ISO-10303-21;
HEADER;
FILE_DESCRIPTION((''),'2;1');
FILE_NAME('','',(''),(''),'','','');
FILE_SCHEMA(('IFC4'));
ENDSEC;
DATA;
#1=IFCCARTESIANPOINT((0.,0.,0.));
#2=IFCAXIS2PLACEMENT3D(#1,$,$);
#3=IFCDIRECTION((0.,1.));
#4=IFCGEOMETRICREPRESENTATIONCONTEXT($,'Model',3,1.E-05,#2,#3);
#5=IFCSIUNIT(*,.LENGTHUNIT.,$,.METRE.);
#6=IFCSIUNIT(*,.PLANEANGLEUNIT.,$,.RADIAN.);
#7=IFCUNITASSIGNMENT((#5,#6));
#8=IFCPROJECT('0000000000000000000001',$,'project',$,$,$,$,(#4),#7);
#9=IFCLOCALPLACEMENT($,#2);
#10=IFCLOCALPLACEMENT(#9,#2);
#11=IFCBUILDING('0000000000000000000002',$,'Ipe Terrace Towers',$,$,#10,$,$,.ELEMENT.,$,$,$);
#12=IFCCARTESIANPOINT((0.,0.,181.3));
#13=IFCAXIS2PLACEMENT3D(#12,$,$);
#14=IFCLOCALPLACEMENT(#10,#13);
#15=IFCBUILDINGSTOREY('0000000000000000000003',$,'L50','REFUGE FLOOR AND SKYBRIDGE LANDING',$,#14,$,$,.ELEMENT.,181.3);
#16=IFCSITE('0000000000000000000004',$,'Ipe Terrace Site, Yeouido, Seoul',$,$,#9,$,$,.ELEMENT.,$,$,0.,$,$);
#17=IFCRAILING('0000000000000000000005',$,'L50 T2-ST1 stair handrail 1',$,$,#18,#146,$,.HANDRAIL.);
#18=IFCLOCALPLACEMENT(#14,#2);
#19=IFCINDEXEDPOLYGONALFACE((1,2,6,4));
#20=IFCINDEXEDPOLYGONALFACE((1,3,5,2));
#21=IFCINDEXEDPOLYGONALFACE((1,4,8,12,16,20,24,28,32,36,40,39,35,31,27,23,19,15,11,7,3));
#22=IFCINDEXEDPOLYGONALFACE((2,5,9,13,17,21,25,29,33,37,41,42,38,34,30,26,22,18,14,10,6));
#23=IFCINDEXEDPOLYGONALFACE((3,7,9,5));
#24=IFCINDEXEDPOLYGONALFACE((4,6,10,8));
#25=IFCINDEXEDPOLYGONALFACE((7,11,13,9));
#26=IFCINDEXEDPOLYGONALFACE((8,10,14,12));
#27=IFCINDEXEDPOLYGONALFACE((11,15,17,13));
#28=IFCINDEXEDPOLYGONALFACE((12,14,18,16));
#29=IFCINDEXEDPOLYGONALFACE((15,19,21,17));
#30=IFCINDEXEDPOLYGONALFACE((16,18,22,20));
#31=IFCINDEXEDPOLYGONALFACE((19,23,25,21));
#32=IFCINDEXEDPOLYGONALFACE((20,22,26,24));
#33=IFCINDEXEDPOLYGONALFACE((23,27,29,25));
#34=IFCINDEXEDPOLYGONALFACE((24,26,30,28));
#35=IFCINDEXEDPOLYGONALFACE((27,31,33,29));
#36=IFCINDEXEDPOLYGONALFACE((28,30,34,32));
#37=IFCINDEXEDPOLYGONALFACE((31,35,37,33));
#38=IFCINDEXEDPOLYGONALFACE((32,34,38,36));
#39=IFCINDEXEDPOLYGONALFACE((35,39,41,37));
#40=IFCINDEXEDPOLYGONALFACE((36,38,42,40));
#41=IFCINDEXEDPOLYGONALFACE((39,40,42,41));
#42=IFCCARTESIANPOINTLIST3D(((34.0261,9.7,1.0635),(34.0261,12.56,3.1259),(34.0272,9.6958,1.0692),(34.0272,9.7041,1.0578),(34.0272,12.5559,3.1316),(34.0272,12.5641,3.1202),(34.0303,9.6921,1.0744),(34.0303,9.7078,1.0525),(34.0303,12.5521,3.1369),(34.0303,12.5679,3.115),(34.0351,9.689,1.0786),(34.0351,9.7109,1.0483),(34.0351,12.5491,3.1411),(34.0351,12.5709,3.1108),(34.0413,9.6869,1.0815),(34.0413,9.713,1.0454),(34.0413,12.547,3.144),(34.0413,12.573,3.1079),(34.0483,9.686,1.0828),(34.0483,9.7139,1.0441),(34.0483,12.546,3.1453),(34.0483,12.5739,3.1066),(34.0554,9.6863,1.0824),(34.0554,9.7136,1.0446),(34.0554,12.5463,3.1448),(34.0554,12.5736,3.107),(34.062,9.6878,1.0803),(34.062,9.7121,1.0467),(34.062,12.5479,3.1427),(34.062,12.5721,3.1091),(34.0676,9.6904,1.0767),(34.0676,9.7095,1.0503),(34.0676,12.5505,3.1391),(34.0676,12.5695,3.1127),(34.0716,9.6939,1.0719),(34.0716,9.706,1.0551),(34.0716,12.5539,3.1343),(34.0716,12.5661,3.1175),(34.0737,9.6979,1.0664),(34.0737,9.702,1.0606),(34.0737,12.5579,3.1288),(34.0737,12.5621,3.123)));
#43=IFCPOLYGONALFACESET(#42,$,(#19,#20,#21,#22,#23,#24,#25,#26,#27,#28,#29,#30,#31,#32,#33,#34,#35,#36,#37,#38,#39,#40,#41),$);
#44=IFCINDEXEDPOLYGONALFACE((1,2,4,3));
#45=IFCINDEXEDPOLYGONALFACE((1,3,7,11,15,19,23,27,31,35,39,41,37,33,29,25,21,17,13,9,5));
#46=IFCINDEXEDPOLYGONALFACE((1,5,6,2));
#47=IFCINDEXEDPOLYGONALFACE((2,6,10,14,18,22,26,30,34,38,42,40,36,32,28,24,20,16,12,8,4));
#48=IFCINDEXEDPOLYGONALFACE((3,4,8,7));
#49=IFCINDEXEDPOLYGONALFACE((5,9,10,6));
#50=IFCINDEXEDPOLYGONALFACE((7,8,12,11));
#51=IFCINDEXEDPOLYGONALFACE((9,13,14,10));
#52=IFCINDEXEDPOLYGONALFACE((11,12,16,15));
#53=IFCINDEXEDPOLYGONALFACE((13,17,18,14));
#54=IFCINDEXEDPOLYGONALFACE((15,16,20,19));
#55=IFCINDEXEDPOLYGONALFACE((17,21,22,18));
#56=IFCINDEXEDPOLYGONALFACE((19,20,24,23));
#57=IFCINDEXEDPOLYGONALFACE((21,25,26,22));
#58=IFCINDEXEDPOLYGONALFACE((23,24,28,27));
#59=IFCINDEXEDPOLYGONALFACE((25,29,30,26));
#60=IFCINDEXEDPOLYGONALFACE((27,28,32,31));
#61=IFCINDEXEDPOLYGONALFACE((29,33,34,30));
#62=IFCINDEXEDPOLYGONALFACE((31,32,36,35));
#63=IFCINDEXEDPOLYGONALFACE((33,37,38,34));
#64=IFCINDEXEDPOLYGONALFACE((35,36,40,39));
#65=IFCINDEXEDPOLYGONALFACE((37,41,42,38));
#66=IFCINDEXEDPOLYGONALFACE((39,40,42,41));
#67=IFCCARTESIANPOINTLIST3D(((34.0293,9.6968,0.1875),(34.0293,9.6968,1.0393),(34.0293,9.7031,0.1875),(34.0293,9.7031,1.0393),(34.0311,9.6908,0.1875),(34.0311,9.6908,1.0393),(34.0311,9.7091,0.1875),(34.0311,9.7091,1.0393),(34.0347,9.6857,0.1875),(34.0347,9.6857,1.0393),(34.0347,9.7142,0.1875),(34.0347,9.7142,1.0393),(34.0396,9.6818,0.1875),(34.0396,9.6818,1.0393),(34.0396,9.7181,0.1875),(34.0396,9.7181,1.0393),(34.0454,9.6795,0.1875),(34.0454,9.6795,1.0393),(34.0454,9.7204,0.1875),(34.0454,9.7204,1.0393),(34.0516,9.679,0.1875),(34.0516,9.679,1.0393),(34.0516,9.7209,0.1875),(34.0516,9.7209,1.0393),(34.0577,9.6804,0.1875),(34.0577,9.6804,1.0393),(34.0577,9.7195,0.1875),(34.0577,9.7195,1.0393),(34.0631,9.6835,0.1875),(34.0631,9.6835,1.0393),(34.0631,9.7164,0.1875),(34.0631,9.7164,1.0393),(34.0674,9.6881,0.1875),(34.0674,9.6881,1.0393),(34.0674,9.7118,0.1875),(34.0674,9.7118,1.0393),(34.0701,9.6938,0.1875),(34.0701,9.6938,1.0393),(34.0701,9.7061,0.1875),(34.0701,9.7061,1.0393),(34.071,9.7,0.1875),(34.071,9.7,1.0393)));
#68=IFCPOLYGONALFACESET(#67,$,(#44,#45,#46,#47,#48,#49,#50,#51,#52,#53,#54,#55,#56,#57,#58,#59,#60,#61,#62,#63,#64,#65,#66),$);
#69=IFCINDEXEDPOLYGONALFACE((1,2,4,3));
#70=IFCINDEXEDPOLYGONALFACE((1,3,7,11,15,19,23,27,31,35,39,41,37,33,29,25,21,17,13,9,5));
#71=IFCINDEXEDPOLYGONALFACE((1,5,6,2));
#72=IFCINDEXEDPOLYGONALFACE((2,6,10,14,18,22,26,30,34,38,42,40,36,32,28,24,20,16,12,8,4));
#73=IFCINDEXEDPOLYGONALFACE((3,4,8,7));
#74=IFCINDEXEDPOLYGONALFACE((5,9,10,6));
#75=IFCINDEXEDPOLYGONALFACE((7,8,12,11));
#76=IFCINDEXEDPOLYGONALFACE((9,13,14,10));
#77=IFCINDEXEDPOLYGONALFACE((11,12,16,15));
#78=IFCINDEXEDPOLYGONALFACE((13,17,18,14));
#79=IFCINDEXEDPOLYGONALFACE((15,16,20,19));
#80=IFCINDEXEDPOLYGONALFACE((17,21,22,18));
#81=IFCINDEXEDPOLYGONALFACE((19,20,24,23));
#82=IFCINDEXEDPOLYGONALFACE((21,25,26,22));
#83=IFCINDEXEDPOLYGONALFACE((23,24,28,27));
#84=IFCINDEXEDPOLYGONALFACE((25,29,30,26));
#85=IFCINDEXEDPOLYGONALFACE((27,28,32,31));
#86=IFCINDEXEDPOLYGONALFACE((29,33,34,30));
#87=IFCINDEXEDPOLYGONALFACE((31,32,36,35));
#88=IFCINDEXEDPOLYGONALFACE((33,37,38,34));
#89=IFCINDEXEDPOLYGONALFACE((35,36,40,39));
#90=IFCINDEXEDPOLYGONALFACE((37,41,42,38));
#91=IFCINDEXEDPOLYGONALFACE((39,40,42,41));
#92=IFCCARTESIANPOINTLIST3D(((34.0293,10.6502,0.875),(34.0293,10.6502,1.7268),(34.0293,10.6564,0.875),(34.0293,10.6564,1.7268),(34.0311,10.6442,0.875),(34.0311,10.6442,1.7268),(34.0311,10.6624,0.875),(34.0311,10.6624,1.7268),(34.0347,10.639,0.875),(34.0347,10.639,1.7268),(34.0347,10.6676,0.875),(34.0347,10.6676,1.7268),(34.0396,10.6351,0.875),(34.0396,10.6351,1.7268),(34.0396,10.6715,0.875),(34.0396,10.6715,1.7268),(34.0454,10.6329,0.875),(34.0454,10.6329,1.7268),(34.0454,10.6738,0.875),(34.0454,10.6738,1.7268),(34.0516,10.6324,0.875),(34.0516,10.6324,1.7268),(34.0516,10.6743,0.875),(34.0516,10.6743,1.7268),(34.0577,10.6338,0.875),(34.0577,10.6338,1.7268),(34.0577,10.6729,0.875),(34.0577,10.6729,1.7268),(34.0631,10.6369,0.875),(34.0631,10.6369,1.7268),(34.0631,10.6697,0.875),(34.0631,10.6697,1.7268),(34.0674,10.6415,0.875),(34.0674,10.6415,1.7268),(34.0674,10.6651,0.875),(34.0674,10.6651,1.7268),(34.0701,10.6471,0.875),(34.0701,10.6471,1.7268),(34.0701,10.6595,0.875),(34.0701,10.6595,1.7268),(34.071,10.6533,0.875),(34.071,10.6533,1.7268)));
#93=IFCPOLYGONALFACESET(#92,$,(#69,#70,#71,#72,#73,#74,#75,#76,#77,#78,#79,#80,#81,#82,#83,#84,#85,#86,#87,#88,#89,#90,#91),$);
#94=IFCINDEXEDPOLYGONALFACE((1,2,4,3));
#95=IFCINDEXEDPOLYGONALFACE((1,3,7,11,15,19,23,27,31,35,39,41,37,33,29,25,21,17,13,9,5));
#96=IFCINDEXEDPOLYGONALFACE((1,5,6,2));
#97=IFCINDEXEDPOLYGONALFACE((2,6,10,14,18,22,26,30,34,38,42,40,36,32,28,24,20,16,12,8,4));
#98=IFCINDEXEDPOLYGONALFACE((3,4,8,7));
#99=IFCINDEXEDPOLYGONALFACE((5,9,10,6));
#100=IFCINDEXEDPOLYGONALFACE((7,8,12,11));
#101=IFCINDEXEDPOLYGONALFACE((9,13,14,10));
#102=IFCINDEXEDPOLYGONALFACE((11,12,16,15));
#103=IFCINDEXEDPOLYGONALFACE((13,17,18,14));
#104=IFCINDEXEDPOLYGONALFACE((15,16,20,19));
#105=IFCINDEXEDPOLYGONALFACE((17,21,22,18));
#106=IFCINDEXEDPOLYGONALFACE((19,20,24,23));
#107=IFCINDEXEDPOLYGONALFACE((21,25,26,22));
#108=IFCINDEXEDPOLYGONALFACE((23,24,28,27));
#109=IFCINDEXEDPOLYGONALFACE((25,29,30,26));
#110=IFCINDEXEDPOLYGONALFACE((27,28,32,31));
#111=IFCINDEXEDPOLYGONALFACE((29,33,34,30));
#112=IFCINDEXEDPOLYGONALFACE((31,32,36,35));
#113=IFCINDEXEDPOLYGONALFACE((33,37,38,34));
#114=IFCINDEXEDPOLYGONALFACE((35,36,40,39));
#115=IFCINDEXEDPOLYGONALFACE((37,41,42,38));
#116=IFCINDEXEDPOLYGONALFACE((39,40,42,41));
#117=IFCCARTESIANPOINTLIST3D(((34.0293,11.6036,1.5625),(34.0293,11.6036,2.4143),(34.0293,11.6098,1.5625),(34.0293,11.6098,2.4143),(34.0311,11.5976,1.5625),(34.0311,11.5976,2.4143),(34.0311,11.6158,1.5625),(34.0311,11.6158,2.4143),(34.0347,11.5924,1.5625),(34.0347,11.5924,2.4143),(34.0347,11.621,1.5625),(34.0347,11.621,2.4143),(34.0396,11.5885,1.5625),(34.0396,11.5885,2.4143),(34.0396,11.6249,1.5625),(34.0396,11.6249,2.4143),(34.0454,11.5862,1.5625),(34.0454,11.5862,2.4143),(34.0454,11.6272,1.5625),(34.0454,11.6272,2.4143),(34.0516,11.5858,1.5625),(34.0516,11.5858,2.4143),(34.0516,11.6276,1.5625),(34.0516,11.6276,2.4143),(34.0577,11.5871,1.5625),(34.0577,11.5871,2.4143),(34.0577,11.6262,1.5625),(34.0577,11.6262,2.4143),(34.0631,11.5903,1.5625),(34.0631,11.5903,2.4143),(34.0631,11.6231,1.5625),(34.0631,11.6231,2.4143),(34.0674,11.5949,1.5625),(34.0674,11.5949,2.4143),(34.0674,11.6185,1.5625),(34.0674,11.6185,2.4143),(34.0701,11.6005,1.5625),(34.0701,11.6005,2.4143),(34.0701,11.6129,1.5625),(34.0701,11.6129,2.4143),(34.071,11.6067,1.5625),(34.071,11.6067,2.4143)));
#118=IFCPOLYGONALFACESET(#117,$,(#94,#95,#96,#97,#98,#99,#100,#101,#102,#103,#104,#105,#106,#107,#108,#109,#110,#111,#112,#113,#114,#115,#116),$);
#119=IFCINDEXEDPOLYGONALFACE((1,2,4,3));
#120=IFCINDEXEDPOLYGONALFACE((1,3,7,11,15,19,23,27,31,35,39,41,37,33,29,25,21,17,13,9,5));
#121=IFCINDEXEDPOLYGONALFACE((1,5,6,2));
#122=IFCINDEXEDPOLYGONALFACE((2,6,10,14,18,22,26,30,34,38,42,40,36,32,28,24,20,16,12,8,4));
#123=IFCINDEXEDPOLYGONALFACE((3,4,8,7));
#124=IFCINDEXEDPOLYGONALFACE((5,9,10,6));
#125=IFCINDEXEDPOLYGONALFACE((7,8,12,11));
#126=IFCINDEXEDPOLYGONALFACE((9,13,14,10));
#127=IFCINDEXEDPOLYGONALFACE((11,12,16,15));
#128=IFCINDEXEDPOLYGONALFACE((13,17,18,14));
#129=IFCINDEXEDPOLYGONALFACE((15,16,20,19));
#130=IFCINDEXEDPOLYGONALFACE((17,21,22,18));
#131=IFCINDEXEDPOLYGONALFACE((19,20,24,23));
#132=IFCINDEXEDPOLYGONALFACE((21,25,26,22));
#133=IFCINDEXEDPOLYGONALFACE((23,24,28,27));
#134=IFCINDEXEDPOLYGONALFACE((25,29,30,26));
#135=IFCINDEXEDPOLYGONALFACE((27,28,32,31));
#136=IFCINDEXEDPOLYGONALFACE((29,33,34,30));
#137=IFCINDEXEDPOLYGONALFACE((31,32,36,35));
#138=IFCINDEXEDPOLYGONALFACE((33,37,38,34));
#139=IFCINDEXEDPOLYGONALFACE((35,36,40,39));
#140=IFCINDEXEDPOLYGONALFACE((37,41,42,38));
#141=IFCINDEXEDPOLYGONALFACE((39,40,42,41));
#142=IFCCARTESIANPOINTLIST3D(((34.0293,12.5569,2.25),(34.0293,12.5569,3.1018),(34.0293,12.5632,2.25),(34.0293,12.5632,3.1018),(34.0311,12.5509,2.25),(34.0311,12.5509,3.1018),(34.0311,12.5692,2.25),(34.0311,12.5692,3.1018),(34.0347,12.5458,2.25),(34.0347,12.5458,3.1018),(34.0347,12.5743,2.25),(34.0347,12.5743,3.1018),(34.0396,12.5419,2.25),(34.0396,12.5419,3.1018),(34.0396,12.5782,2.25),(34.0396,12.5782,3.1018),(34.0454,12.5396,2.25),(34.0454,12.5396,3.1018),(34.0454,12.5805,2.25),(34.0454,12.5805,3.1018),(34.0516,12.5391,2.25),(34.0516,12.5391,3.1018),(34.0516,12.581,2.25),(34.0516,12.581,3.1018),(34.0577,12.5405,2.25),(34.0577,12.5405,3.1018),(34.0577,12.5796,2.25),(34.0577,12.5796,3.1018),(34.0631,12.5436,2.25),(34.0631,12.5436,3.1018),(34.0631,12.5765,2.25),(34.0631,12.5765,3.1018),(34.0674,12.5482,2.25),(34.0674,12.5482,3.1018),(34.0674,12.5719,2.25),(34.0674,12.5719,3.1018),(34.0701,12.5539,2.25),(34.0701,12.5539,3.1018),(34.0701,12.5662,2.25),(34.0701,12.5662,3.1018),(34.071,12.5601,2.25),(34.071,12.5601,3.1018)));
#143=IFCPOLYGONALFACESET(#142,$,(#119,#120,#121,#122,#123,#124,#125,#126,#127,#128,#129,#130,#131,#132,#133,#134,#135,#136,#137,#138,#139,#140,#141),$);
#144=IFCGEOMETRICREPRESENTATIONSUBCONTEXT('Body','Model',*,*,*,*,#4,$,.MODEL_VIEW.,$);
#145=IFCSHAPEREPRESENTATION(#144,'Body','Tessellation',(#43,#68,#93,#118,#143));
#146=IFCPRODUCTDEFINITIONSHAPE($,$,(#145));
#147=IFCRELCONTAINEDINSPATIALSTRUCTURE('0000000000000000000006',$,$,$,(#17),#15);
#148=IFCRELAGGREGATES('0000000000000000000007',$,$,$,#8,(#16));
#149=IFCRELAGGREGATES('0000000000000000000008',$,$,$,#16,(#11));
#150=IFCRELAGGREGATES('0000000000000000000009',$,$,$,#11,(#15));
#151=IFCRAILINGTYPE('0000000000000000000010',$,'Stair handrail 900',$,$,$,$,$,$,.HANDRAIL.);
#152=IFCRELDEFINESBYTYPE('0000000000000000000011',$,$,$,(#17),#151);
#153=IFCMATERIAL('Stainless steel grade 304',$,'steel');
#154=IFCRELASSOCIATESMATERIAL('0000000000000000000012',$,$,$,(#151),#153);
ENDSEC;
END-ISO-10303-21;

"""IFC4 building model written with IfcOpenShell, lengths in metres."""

from ifc_helpers import new_model, si_unit, direction, frame, origin, origin_2d, place, context, subcontext, project, spatial, circle, extrude, material, type_object, element, save


model = new_model("IFC4")

# Units and contexts
model_context = context("Model", 3, precision=1e-05, world=origin(), true_north=direction((0.0, 1.0)))
body_context = subcontext(model_context, "Body", "Model", "MODEL_VIEW")
ifc_project = project(units=[si_unit("LENGTHUNIT", "METRE"), si_unit("PLANEANGLEUNIT", "RADIAN")], contexts=[model_context])

# Site, building, storey
site_placement = place(None, origin())
site = spatial("IfcSite", under=ifc_project, at=site_placement, Name="Ipe Terrace Site, Yeouido, Seoul", CompositionType="ELEMENT", RefElevation=0.0)
building_placement = place(site_placement, origin())
building = spatial("IfcBuilding", under=site, at=building_placement, Name="Ipe Terrace Towers", CompositionType="ELEMENT")
storey_placement = place(building_placement, frame((0.0, 0.0, 181.3)))
storey = spatial("IfcBuildingStorey", under=building, at=storey_placement, Name="L50", Description="REFUGE FLOOR AND SKYBRIDGE LANDING", CompositionType="ELEMENT", Elevation=181.3)

# Railing
ifc_material_1 = material(Name="Stainless steel grade 304", Category="steel")
railing_type_1 = type_object("IfcRailingType", Name="Stair handrail 900", PredefinedType="HANDRAIL", material=ifc_material_1)
railing_1_placement = place(storey_placement, frame((34.05, 9.7, 0.1875)))
element("IfcRailing", 1, at=railing_1_placement, inside=storey, type_object=railing_type_1, Name="L50 T2-ST1 stair handrail 1", PredefinedType="HANDRAIL", context=body_context, shape_type="SweptSolid", body=[
    extrude(circle(Radius=0.0239, at=origin_2d()), frame((0.0, 0.0, 0.876), z_axis=(0.0, 0.811101, 0.584906), x_axis=(-1.0, 0.0, 0.0)), (0.0, 0.0, 1.0), 3.5261),
    extrude(circle(Radius=0.021, at=origin_2d()), origin(), (0.0, 0.0, 1.0), 0.8518),
    extrude(circle(Radius=0.021, at=origin_2d()), frame((0.0, 0.9534, 0.6875)), (0.0, 0.0, 1.0), 0.8518),
    extrude(circle(Radius=0.021, at=origin_2d()), frame((0.0, 1.9067, 1.375)), (0.0, 0.0, 1.0), 0.8518),
    extrude(circle(Radius=0.021, at=origin_2d()), frame((0.0, 2.8601, 2.0625)), (0.0, 0.0, 1.0), 0.8518),
])

save(model, "model.ifc")
